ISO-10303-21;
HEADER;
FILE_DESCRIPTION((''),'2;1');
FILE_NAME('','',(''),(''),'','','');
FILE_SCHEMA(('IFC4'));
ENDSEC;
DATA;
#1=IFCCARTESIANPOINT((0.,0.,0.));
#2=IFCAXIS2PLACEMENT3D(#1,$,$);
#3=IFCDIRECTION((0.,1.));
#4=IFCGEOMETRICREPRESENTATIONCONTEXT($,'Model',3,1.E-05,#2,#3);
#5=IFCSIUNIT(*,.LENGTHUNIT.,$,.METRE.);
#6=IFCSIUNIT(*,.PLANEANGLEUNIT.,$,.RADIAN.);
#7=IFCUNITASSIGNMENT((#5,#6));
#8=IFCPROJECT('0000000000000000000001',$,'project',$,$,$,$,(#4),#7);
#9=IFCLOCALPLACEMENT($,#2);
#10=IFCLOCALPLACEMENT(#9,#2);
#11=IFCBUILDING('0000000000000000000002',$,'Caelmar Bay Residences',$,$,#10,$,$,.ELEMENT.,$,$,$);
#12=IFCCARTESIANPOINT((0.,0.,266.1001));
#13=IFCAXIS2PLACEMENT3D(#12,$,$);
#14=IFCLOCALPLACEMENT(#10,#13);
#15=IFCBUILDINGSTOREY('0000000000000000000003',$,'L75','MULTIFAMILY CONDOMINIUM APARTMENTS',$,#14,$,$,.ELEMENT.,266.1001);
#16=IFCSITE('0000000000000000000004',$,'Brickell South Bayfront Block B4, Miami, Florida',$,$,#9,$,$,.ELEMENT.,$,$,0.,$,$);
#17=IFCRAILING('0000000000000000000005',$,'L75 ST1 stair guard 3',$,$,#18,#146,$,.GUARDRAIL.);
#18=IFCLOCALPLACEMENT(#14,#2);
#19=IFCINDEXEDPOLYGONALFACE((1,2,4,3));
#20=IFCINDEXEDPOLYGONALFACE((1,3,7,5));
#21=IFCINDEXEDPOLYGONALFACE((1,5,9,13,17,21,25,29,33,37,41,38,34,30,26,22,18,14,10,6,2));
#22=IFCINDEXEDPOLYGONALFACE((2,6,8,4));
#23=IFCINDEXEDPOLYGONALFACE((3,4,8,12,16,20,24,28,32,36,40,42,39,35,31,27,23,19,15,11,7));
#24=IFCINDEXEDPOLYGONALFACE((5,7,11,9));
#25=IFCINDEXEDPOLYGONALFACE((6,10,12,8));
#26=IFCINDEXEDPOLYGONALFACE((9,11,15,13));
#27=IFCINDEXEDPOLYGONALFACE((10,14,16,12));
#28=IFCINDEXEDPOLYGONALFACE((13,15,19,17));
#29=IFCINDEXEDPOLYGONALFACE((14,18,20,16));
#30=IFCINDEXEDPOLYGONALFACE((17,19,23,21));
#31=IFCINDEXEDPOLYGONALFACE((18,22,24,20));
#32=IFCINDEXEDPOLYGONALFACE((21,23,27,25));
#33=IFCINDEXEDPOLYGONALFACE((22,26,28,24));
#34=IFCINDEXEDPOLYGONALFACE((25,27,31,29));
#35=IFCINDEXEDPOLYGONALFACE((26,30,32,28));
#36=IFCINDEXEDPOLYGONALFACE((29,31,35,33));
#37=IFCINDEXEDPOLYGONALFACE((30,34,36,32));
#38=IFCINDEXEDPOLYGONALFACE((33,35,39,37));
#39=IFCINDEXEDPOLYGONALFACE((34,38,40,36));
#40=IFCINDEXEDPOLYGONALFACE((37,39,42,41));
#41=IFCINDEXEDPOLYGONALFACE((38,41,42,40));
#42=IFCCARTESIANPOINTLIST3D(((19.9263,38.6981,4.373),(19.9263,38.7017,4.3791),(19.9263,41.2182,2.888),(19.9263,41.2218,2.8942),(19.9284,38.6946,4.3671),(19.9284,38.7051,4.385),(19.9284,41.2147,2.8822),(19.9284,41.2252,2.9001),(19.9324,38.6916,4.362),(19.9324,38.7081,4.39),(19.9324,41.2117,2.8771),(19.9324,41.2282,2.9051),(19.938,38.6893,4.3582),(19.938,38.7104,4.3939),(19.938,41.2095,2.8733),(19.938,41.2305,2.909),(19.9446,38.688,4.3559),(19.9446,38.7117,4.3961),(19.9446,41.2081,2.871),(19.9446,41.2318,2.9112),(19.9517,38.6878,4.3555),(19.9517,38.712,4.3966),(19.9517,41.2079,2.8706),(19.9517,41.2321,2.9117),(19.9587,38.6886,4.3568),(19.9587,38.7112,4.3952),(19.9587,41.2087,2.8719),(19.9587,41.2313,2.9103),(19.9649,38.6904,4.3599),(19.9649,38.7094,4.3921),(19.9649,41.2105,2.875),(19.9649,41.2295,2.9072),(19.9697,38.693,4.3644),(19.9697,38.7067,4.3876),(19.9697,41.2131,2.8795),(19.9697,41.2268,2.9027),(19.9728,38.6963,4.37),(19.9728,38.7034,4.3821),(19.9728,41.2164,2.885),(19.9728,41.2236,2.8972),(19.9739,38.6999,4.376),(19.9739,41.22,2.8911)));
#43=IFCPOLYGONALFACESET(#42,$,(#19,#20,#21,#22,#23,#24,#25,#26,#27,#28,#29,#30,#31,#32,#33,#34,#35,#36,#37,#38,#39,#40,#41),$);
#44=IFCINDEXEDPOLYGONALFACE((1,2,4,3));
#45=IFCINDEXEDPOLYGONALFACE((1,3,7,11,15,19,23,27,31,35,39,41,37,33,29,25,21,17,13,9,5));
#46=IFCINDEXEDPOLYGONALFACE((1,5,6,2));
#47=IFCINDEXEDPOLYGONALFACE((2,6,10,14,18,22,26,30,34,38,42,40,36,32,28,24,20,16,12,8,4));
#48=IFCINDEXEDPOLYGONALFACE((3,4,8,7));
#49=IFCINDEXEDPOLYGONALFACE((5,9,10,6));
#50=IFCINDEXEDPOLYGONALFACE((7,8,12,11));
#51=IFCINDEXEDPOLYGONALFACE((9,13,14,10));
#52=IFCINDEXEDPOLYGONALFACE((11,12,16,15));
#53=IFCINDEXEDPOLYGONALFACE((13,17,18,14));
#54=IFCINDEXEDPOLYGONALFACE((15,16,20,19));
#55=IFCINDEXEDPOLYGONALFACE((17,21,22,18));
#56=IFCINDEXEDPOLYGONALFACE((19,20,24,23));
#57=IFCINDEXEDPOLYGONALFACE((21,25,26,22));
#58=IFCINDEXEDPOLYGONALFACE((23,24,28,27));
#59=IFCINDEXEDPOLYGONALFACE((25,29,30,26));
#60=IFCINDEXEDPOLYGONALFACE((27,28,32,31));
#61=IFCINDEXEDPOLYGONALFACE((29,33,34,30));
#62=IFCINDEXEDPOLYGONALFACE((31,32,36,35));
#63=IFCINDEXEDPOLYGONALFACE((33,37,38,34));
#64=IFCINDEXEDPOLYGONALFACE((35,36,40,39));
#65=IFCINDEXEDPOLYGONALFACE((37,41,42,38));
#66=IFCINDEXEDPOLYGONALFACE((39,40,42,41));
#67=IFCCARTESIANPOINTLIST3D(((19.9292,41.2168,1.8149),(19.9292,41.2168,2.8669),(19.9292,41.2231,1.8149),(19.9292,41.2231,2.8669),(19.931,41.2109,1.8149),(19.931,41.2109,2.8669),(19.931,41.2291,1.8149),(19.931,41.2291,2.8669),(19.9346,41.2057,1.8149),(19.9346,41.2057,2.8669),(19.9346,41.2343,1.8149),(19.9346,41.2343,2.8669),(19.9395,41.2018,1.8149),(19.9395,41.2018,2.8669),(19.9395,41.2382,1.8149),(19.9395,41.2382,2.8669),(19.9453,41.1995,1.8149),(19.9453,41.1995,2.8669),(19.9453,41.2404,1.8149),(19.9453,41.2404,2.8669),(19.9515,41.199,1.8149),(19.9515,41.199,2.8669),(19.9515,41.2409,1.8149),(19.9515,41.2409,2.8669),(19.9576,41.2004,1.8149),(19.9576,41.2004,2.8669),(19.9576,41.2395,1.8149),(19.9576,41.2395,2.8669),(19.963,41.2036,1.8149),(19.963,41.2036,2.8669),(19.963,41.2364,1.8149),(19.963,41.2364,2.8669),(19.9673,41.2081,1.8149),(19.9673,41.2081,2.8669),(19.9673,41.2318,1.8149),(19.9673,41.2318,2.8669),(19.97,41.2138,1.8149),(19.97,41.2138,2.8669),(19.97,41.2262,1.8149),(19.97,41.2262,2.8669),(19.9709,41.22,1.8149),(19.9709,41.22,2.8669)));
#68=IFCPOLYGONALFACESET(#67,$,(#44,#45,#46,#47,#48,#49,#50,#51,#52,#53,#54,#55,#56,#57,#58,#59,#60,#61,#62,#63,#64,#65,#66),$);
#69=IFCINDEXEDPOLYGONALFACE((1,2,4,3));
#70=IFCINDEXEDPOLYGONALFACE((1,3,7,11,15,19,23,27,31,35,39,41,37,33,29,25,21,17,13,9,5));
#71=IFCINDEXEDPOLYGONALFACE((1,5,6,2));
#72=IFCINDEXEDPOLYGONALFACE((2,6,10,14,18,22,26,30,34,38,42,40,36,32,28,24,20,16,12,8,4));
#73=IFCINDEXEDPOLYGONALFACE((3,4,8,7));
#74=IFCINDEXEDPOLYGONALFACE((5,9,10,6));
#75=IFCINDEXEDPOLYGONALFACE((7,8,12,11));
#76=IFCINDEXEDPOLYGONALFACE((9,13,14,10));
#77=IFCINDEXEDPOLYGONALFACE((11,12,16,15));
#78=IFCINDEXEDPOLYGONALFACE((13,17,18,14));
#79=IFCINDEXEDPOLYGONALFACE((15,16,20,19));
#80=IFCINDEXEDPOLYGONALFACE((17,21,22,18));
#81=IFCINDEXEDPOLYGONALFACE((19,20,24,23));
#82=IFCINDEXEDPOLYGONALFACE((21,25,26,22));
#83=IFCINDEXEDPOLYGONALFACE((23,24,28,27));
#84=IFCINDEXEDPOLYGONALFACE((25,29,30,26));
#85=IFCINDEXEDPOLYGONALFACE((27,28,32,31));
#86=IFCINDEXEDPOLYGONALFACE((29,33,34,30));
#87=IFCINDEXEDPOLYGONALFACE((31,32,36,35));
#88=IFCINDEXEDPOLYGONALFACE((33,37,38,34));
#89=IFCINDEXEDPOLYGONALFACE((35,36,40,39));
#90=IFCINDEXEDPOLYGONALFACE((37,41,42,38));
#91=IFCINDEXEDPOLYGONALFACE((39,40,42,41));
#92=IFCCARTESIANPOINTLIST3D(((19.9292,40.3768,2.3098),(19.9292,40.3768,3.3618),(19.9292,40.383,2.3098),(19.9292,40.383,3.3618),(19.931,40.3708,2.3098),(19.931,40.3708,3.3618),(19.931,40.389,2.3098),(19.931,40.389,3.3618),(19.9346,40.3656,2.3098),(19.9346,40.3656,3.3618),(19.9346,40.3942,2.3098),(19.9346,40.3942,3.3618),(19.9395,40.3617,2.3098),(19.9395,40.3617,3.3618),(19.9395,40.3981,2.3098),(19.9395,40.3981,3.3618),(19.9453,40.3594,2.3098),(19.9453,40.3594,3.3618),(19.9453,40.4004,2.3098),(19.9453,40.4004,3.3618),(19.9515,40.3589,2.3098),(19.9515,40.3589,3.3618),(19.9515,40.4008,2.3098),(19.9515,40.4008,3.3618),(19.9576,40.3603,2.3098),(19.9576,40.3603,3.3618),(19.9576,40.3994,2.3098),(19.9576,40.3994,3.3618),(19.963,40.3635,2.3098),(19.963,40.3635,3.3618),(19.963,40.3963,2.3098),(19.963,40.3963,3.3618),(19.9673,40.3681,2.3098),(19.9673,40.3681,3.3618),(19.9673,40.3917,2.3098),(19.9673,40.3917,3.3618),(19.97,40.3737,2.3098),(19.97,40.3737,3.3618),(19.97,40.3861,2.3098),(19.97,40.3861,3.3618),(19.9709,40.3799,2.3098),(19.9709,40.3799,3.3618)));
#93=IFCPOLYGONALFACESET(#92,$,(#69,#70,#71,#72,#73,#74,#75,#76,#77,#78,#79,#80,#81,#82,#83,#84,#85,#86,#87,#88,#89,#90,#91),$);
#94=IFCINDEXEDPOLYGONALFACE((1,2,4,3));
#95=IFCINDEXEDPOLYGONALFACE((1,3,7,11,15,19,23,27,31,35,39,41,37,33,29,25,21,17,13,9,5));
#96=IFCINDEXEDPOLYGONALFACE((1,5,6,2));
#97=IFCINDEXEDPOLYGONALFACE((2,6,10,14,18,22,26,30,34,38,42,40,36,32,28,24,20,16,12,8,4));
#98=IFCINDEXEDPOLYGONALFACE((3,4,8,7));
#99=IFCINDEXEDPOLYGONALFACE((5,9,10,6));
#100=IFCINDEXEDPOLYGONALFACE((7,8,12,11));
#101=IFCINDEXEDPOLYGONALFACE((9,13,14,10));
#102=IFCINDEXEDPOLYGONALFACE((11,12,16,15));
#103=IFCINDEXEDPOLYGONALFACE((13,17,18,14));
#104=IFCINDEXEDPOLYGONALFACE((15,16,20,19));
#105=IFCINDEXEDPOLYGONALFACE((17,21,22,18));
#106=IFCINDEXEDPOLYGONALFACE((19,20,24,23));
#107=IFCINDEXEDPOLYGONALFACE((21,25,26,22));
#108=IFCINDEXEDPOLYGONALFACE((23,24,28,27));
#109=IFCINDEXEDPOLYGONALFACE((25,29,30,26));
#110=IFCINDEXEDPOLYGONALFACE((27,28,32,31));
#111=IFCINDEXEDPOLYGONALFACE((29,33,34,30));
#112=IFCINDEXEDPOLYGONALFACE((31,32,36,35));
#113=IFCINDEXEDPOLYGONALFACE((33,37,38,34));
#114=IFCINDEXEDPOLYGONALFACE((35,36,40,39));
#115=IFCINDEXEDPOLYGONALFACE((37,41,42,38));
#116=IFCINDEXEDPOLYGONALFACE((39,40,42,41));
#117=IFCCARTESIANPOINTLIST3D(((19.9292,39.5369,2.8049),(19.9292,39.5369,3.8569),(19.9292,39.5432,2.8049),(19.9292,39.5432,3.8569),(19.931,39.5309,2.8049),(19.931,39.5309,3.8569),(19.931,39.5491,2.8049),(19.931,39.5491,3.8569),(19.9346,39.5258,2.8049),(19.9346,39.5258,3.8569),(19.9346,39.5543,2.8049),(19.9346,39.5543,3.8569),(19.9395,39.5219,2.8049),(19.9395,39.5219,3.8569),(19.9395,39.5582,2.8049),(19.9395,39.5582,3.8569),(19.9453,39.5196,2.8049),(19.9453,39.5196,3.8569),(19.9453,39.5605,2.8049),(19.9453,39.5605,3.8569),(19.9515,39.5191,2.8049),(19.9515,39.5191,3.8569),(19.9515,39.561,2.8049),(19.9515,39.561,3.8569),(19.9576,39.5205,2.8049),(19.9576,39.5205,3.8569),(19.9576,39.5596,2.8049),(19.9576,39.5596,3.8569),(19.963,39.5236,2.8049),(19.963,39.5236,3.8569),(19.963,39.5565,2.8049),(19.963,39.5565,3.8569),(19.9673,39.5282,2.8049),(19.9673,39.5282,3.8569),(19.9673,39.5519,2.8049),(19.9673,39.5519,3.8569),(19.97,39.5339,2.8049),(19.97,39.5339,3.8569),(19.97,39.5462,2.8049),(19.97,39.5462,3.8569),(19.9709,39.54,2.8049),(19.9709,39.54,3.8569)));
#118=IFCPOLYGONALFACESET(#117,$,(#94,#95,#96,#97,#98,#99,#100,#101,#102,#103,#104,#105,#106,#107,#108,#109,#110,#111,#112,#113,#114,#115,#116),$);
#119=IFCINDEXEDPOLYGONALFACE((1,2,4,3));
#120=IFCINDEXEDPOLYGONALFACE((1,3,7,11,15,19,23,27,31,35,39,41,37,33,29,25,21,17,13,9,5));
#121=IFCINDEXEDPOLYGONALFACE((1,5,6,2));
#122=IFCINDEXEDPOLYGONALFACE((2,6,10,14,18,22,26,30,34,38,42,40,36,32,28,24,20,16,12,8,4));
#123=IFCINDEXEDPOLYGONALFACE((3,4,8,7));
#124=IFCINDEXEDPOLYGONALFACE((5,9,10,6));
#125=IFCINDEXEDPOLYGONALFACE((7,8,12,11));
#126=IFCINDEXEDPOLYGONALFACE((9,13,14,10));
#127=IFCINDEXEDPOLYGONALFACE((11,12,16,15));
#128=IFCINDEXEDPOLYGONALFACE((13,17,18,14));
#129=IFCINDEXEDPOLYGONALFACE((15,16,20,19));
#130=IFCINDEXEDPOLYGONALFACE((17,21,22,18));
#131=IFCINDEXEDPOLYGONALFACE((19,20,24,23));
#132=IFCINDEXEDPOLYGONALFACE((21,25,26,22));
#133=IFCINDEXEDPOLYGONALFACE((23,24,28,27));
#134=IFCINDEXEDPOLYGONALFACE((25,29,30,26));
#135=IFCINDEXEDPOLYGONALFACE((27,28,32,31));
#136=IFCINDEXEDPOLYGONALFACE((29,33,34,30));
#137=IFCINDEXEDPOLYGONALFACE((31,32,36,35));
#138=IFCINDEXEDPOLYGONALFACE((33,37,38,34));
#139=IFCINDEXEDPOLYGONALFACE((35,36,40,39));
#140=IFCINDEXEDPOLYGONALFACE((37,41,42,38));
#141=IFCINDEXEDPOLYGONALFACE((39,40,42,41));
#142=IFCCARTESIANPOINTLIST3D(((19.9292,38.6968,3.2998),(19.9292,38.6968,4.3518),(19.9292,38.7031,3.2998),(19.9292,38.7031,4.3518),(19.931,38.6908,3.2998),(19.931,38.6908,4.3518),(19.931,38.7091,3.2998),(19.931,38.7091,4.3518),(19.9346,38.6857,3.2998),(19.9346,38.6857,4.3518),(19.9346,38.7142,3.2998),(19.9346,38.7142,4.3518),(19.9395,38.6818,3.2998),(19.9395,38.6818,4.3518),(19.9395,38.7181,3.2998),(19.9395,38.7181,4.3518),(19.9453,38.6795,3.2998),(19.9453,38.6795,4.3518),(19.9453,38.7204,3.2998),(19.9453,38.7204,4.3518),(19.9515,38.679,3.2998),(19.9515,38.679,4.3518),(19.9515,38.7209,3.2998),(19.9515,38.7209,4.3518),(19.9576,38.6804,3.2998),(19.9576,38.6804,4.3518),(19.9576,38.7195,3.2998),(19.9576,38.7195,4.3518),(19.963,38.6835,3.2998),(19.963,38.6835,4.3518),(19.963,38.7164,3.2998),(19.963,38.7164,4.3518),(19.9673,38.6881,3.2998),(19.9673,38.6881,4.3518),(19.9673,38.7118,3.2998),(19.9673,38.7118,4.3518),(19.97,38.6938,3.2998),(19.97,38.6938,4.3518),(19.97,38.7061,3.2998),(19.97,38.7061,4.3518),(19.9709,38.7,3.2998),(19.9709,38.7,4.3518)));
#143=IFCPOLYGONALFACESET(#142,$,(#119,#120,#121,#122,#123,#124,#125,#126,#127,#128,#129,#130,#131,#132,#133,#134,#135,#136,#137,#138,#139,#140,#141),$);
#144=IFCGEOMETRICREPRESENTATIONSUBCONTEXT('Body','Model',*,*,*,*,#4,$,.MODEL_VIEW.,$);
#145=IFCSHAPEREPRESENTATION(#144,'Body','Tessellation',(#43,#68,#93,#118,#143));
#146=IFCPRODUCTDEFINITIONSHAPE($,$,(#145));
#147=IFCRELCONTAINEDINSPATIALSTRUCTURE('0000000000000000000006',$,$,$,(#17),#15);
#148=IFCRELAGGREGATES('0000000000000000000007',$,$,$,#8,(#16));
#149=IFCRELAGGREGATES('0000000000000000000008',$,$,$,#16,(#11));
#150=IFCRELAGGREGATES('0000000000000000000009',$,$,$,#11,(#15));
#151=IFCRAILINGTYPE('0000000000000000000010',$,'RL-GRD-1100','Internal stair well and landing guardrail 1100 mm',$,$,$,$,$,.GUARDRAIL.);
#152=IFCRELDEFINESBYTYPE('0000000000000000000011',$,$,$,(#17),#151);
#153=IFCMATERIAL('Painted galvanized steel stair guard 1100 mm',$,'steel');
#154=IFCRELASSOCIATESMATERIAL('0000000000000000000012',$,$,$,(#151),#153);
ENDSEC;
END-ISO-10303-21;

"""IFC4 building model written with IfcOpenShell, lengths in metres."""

from ifc_helpers import new_model, si_unit, direction, frame, origin, origin_2d, place, context, subcontext, project, spatial, circle, extrude, material, type_object, element, save


model = new_model("IFC4")

# Units and contexts
model_context = context("Model", 3, precision=1e-05, world=origin(), true_north=direction((0.0, 1.0)))
body_context = subcontext(model_context, "Body", "Model", "MODEL_VIEW")
ifc_project = project(units=[si_unit("LENGTHUNIT", "METRE"), si_unit("PLANEANGLEUNIT", "RADIAN")], contexts=[model_context])

# Site, building, storey
site_placement = place(None, origin())
site = spatial("IfcSite", under=ifc_project, at=site_placement, Name="Brickell South Bayfront Block B4, Miami, Florida", CompositionType="ELEMENT", RefElevation=0.0)
building_placement = place(site_placement, origin())
building = spatial("IfcBuilding", under=site, at=building_placement, Name="Caelmar Bay Residences", CompositionType="ELEMENT")
storey_placement = place(building_placement, frame((0.0, 0.0, 266.1001)))
storey = spatial("IfcBuildingStorey", under=building, at=storey_placement, Name="L75", Description="MULTIFAMILY CONDOMINIUM APARTMENTS", CompositionType="ELEMENT", Elevation=266.1001)

# Railing
ifc_material_1 = material(Name="Painted galvanized steel stair guard 1100 mm", Category="steel")
railing_type_1 = type_object("IfcRailingType", Name="RL-GRD-1100", Description="Internal stair well and landing guardrail 1100 mm", PredefinedType="GUARDRAIL", material=ifc_material_1)
railing_1_placement = place(storey_placement, frame((19.95, 41.22, 1.8149)))
element("IfcRailing", 1, at=railing_1_placement, inside=storey, type_object=railing_type_1, Name="L75 ST1 stair guard 3", PredefinedType="GUARDRAIL", context=body_context, shape_type="SweptSolid", body=[
    extrude(circle(Radius=0.0239, at=origin_2d()), frame((0.0, 0.0, 1.0762), z_axis=(0.0, -0.861561, 0.507655), x_axis=(1.0, 0.0, 0.0)), (0.0, 0.0, 1.0), 2.925),
    extrude(circle(Radius=0.021, at=origin_2d()), origin(), (0.0, 0.0, 1.0), 1.052),
    extrude(circle(Radius=0.021, at=origin_2d()), frame((0.0, -0.8401, 0.4949)), (0.0, 0.0, 1.0), 1.052),
    extrude(circle(Radius=0.021, at=origin_2d()), frame((0.0, -1.6799, 0.99)), (0.0, 0.0, 1.0), 1.052),
    extrude(circle(Radius=0.021, at=origin_2d()), frame((0.0, -2.52, 1.4849)), (0.0, 0.0, 1.0), 1.052),
])

save(model, "model.ifc")
